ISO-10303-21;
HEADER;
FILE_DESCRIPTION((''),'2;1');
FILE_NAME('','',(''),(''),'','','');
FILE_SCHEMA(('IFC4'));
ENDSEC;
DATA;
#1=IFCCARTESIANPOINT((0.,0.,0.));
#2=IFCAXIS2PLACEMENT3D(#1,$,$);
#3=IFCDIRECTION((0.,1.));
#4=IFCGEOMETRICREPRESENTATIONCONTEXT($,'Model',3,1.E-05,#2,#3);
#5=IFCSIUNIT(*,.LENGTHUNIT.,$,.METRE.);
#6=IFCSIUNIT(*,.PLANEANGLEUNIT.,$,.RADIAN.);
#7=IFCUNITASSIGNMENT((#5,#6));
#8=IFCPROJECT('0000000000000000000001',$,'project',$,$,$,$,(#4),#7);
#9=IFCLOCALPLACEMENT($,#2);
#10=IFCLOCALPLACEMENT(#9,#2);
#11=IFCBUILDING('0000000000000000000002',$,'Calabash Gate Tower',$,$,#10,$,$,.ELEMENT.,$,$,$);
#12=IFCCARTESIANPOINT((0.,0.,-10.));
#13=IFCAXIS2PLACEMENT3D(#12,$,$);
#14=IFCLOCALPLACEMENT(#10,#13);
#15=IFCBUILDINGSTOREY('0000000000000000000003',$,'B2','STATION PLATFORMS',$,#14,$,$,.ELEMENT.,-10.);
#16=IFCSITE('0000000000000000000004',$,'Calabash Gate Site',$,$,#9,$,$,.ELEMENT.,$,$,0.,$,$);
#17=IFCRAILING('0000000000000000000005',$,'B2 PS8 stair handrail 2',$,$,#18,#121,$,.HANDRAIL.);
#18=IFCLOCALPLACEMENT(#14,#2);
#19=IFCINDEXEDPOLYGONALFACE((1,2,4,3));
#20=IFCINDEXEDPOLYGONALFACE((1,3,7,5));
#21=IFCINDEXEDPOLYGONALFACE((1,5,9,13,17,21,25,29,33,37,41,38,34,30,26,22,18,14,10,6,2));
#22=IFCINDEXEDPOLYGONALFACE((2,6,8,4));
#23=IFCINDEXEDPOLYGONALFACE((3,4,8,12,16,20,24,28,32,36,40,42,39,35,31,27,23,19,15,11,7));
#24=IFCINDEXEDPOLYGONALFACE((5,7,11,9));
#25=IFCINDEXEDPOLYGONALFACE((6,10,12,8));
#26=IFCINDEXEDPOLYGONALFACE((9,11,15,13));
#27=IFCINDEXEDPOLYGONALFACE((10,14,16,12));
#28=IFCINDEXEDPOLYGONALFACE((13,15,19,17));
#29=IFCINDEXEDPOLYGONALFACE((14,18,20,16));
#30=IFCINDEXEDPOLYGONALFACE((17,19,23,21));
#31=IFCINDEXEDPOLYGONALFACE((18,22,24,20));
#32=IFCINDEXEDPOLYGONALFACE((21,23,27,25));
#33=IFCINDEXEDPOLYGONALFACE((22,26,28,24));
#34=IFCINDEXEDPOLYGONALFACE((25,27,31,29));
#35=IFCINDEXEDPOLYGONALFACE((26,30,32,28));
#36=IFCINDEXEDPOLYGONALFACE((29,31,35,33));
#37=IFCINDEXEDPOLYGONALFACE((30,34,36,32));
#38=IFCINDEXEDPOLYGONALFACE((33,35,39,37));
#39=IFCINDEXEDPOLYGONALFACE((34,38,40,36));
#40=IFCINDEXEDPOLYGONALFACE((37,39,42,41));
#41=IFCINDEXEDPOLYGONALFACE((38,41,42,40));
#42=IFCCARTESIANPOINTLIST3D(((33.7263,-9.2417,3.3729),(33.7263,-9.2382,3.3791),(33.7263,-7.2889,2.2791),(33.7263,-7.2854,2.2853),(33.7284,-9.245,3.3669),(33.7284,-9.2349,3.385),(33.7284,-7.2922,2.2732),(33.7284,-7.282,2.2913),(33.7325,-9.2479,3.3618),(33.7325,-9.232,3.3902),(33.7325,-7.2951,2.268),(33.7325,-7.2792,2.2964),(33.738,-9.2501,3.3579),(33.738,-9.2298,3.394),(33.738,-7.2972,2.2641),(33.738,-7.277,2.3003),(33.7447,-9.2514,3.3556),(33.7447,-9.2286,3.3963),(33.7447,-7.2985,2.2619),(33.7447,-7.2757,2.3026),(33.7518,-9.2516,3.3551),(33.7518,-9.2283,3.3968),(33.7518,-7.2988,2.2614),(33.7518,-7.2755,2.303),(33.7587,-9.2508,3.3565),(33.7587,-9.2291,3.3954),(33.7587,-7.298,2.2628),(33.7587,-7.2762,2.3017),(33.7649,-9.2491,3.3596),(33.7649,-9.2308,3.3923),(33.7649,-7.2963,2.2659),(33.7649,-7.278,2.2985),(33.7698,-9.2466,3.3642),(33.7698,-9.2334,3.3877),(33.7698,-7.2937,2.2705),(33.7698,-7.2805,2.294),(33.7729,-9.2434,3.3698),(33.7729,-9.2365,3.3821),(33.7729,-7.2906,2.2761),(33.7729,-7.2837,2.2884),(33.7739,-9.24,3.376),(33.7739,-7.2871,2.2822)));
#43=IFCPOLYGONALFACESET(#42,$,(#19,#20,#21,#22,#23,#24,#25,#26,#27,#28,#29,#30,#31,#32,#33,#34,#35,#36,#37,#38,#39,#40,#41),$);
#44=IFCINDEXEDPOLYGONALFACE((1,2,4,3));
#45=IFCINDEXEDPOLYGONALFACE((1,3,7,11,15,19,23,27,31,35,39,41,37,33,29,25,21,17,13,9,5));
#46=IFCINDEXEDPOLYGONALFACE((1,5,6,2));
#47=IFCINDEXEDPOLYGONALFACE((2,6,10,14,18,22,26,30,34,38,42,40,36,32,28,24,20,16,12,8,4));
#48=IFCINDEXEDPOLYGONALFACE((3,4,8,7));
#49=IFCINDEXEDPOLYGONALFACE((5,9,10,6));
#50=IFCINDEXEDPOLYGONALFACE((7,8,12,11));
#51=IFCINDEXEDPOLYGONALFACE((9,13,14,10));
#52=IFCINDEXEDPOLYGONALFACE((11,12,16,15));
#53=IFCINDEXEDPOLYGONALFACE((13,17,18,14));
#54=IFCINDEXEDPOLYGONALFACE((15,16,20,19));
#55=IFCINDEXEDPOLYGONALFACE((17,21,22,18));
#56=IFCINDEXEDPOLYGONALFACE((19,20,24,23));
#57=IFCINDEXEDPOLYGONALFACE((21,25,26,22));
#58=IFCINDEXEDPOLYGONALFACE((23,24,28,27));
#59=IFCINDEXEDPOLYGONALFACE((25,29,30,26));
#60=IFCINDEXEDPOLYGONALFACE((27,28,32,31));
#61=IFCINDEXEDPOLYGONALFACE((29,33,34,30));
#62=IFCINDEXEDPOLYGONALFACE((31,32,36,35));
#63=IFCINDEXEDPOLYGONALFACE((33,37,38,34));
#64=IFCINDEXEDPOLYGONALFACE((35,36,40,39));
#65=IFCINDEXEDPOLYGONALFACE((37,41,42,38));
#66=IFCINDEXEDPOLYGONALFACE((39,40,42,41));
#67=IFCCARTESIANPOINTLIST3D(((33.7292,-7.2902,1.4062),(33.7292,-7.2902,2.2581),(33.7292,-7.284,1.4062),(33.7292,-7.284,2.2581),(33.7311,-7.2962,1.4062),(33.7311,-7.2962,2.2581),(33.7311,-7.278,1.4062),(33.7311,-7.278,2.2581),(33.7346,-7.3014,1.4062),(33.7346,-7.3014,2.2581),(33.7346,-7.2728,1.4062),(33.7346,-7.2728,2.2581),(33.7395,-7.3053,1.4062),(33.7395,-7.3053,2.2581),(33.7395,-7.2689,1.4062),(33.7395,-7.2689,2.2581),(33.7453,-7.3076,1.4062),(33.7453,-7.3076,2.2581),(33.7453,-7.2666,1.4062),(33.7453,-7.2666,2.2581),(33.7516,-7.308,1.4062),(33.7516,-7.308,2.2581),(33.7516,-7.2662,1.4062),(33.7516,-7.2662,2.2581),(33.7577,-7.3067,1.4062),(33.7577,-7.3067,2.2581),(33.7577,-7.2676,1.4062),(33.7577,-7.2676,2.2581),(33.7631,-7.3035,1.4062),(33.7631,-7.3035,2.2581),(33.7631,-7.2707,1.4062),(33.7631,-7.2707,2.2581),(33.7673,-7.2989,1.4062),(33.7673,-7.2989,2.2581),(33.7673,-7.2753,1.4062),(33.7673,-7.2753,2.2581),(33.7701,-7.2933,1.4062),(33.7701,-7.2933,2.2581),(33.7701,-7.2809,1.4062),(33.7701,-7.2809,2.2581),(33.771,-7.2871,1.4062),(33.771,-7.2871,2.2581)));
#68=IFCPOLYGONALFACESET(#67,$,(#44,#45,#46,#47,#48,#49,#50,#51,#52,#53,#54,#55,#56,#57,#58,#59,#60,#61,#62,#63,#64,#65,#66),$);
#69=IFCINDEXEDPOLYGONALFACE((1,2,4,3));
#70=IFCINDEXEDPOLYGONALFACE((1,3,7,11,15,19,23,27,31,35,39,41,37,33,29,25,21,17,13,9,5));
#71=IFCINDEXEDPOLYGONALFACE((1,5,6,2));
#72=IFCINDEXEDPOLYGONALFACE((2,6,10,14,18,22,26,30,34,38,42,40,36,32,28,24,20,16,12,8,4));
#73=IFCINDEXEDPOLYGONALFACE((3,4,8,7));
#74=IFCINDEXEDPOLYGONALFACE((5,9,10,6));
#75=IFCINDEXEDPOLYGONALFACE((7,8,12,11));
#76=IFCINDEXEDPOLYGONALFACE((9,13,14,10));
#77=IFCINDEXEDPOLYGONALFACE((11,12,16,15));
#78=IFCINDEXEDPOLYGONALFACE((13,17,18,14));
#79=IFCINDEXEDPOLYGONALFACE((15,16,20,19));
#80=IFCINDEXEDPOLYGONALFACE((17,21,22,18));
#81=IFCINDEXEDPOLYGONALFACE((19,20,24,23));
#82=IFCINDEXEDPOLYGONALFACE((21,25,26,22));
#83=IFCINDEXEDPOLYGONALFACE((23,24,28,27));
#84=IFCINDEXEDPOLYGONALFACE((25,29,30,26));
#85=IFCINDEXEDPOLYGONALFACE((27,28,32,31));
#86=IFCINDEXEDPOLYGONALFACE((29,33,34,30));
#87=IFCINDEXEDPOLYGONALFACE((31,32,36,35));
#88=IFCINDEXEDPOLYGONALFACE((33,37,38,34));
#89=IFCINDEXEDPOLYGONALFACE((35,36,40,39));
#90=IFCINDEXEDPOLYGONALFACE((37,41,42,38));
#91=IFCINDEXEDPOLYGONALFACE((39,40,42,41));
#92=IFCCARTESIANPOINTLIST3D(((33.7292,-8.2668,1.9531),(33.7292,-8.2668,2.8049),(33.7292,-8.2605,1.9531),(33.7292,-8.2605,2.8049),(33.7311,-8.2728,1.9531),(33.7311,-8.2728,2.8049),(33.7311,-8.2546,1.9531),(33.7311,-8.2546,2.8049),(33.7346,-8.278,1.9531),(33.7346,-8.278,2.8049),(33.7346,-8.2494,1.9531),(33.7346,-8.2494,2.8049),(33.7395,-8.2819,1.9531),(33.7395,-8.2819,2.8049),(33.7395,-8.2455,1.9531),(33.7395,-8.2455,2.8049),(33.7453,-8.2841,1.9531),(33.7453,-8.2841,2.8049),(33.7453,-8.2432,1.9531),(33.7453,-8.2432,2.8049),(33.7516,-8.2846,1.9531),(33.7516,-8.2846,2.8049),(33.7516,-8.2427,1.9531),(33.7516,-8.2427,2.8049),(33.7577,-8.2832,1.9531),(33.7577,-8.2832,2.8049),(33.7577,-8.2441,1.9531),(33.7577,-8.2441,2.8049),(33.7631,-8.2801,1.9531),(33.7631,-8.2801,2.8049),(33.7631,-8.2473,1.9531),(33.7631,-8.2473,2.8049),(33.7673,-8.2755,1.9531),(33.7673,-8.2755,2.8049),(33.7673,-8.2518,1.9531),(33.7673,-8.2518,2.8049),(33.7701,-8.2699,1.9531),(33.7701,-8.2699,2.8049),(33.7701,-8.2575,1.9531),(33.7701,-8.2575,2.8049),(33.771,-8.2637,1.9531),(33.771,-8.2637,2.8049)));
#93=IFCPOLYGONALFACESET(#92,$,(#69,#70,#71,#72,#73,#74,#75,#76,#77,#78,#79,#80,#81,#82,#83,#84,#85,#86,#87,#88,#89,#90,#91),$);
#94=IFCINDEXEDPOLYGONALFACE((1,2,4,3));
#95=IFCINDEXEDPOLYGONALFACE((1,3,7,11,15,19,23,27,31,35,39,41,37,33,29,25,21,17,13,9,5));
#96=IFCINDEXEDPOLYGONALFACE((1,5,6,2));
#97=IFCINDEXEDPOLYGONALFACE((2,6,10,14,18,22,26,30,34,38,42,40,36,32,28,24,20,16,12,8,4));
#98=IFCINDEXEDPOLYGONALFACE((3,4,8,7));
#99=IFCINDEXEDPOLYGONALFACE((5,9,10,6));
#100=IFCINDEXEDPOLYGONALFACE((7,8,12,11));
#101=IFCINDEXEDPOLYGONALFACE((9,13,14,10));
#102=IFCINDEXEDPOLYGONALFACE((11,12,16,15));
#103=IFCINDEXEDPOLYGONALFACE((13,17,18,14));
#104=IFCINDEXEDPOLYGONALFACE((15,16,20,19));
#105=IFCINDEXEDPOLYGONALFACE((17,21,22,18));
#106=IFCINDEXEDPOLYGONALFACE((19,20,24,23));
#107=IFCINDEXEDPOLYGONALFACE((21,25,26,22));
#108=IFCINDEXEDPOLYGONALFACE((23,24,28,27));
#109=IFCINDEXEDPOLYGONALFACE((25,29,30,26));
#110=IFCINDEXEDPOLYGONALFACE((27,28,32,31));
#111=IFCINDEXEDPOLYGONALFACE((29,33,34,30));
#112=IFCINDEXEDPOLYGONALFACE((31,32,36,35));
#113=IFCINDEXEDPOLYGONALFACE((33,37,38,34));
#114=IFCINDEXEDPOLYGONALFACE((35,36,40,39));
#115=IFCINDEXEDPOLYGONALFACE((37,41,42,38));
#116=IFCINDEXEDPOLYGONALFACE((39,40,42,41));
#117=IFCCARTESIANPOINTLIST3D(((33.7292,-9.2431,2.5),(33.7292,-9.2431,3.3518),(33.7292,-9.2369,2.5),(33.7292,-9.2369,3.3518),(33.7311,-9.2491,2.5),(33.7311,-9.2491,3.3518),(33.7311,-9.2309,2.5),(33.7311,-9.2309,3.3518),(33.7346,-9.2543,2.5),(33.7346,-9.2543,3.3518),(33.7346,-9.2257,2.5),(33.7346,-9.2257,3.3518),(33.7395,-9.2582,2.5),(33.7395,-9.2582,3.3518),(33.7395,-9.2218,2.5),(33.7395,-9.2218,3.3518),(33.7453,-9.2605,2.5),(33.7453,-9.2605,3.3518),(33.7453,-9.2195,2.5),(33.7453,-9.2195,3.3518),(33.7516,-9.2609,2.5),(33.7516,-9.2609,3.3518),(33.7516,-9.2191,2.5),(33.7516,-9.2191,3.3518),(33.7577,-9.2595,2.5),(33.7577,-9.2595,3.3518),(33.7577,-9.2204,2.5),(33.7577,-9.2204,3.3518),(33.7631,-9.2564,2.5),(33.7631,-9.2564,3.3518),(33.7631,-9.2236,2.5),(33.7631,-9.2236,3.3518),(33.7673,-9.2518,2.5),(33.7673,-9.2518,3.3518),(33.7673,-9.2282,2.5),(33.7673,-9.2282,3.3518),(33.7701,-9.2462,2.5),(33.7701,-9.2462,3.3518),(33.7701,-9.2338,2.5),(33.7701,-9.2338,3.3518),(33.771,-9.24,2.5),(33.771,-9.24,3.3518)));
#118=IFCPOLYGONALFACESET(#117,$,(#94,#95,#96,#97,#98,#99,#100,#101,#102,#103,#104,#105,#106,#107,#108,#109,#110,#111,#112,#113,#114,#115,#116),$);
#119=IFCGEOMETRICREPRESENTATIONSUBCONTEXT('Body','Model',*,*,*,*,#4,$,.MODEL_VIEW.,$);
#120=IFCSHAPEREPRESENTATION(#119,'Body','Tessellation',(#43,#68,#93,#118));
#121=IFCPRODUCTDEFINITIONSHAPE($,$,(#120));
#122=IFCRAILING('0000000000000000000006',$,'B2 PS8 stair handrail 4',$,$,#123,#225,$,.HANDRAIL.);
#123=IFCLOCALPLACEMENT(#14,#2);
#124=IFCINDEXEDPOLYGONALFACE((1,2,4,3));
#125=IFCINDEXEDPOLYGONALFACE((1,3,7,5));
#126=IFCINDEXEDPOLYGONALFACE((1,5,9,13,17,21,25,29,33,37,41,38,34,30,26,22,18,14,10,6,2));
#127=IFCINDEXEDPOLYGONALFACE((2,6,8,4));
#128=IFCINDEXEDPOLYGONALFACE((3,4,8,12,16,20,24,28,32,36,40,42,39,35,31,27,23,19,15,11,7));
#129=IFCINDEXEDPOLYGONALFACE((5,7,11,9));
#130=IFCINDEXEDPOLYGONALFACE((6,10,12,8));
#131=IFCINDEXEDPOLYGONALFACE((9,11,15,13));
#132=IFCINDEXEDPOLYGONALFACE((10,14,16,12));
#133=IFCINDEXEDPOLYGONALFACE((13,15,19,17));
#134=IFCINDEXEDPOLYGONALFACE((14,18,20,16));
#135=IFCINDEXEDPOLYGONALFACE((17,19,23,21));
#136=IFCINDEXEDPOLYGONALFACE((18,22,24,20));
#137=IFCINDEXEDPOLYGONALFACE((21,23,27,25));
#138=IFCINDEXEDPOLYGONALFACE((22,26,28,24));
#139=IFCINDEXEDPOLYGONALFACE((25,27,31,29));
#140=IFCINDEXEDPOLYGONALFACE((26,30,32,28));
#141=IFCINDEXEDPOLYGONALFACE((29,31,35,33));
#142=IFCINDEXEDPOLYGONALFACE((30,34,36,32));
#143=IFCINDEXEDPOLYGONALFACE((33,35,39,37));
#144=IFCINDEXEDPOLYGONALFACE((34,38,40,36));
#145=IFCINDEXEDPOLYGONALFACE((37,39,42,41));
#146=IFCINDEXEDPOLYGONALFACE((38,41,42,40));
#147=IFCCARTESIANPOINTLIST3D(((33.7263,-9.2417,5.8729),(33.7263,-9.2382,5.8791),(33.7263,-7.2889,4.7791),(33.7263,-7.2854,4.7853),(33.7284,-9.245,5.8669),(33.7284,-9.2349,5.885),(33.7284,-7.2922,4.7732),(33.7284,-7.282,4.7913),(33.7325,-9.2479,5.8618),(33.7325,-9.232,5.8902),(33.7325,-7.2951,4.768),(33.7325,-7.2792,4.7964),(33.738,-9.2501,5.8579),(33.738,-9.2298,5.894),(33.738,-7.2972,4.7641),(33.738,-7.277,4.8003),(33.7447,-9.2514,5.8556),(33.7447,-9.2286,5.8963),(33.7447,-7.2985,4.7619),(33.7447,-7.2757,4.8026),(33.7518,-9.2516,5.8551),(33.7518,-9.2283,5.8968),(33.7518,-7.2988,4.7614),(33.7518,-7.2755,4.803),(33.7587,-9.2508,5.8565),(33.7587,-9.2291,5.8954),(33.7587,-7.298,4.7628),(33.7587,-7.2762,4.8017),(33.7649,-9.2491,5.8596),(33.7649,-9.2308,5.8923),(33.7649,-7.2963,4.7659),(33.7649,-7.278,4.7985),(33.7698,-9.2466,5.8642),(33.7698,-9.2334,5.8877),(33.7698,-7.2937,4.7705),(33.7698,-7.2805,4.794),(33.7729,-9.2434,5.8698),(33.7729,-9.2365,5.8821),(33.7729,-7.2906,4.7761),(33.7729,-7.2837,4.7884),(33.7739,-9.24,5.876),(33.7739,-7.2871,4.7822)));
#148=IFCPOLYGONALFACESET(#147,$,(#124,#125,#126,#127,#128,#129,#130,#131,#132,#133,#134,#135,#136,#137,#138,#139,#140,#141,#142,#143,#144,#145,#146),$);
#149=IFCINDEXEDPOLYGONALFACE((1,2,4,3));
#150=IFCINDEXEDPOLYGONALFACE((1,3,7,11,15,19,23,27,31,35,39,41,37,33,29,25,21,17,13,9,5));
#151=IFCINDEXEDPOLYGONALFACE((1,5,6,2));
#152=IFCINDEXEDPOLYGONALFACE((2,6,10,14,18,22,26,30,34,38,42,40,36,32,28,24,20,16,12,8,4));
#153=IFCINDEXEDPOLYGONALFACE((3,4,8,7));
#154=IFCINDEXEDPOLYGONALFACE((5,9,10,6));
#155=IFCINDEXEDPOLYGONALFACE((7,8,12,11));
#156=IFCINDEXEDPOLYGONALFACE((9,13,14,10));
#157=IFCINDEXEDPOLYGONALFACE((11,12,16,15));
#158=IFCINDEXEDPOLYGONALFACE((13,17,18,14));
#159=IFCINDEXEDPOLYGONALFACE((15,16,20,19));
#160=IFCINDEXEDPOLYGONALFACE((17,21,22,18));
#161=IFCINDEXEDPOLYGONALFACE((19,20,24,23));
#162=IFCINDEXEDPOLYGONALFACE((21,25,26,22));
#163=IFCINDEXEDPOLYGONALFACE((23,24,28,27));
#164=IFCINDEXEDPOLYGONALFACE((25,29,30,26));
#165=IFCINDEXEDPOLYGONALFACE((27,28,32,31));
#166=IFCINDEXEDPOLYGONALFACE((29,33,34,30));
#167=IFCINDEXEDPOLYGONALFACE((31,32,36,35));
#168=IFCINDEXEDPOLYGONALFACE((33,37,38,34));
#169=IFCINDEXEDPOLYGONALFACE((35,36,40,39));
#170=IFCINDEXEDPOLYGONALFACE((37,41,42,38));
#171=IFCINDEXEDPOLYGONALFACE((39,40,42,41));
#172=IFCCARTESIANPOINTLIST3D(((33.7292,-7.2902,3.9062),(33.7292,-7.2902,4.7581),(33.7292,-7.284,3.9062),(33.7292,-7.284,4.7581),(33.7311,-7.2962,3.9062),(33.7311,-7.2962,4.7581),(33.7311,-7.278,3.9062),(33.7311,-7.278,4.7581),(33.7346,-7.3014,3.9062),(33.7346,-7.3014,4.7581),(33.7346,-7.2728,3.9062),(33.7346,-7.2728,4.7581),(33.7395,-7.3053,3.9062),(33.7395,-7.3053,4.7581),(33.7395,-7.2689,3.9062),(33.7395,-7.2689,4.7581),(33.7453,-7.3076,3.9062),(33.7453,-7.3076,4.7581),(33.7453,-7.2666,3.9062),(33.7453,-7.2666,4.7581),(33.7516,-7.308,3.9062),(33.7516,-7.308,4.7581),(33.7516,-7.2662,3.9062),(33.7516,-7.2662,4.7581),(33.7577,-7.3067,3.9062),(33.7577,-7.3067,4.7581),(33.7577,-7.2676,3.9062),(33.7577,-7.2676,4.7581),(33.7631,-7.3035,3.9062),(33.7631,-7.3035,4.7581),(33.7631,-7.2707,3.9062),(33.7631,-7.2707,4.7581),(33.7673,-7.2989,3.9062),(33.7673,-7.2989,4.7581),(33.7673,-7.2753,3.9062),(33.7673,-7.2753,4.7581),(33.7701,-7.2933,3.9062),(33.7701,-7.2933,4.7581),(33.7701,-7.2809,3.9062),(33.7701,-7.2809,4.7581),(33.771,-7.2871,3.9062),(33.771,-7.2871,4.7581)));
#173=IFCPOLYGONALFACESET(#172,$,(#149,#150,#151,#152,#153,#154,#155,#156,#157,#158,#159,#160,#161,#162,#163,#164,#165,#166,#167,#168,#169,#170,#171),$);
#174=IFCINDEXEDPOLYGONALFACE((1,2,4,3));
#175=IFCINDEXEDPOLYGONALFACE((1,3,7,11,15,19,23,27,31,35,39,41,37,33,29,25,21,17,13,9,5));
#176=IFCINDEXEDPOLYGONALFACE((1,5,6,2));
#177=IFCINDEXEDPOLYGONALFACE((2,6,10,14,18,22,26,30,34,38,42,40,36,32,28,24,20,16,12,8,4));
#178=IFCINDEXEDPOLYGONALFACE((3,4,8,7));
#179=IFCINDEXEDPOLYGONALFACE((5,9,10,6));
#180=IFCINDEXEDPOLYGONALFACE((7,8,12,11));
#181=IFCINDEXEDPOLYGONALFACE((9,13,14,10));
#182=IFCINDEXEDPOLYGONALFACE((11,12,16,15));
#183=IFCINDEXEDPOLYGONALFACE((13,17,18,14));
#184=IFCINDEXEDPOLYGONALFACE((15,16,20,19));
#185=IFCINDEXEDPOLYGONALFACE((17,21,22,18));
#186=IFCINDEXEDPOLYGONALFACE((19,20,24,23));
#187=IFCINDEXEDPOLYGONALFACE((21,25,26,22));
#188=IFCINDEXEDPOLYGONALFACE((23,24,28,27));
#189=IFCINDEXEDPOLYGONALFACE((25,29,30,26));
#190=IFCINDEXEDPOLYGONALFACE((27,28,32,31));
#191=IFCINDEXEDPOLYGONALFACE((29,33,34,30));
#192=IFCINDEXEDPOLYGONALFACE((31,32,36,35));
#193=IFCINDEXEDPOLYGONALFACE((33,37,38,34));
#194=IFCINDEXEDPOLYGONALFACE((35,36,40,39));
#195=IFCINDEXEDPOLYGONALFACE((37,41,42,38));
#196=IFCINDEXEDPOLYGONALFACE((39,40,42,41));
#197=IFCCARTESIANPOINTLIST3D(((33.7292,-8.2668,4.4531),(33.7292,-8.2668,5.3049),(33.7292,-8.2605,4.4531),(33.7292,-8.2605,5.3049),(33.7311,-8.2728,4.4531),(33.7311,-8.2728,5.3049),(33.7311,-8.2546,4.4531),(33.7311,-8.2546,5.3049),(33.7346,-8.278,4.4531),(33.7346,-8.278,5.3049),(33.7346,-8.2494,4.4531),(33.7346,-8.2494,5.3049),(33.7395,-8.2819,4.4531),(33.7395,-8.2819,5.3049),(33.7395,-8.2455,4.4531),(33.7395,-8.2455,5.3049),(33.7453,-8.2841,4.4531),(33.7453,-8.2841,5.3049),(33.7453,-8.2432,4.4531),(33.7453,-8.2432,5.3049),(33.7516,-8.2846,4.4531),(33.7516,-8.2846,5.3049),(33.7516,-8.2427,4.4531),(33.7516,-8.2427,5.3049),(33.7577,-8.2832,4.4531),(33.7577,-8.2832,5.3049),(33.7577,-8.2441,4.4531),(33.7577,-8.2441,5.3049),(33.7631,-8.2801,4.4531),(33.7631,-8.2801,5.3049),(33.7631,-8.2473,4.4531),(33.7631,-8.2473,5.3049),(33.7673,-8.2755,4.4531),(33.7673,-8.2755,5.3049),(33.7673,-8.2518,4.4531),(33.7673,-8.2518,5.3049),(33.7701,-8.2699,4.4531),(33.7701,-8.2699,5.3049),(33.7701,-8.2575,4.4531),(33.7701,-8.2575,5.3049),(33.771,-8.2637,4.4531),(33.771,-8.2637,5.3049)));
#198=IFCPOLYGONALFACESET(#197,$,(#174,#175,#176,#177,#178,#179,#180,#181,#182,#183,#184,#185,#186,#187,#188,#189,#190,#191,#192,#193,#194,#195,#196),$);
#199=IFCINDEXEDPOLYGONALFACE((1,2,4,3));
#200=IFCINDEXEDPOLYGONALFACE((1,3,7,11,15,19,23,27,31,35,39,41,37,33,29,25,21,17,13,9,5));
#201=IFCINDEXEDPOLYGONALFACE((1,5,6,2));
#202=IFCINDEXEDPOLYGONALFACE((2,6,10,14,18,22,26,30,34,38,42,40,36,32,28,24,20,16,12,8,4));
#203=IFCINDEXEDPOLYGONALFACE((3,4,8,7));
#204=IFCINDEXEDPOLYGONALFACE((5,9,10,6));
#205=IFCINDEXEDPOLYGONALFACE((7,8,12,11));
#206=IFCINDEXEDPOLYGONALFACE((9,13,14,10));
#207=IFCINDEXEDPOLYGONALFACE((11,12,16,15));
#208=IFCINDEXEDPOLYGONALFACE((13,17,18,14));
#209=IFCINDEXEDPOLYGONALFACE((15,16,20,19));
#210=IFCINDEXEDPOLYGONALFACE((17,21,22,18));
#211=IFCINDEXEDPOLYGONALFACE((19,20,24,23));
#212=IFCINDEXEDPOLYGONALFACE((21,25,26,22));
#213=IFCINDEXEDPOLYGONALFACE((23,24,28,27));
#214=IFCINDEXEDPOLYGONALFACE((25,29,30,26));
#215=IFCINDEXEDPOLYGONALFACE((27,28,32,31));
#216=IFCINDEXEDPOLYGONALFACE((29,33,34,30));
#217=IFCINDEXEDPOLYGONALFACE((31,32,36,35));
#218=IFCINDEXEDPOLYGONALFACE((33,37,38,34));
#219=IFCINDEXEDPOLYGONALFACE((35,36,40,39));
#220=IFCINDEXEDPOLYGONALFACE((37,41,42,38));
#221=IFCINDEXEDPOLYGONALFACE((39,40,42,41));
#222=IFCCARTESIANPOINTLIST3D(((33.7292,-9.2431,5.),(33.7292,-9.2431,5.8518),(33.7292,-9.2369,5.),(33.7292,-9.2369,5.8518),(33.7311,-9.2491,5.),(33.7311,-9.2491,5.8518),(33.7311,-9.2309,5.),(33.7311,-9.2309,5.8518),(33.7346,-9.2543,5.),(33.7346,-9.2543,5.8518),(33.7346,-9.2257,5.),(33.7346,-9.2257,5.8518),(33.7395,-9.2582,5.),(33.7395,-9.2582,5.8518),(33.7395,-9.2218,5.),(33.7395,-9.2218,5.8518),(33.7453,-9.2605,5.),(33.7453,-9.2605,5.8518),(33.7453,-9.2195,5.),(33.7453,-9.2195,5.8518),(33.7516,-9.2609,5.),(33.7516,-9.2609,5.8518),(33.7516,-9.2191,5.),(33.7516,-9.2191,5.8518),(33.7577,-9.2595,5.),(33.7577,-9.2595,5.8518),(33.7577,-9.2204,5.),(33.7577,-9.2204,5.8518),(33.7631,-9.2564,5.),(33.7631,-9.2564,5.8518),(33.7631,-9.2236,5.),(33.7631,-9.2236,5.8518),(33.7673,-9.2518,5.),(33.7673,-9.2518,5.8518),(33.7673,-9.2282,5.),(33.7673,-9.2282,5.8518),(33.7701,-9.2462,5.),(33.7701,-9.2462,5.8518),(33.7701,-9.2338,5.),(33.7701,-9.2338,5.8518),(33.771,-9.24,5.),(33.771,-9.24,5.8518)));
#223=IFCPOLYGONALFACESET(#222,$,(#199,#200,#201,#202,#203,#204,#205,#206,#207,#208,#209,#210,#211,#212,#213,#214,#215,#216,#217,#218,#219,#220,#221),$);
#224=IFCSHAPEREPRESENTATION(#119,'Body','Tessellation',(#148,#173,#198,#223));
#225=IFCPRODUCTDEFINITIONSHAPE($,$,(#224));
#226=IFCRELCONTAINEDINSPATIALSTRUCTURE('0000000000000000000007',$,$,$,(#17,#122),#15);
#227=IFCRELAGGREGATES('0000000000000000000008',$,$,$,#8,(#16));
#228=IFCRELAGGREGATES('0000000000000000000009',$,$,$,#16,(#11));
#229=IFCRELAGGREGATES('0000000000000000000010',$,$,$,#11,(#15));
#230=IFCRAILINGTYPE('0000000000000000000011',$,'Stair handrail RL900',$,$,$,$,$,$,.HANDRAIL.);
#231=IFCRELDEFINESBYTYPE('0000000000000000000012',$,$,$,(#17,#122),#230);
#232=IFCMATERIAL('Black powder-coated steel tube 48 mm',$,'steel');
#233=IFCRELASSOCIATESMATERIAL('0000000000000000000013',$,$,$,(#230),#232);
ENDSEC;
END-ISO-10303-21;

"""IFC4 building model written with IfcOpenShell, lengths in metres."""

from ifc_helpers import new_model, si_unit, direction, frame, origin, origin_2d, place, context, subcontext, project, spatial, circle, extrude, material, type_object, element, save


model = new_model("IFC4")

# Units and contexts
model_context = context("Model", 3, precision=1e-05, world=origin(), true_north=direction((0.0, 1.0)))
body_context = subcontext(model_context, "Body", "Model", "MODEL_VIEW")
ifc_project = project(units=[si_unit("LENGTHUNIT", "METRE"), si_unit("PLANEANGLEUNIT", "RADIAN")], contexts=[model_context])

# Site, building, storey
site_placement = place(None, origin())
site = spatial("IfcSite", under=ifc_project, at=site_placement, Name="Calabash Gate Site", CompositionType="ELEMENT", RefElevation=0.0)
building_placement = place(site_placement, origin())
building = spatial("IfcBuilding", under=site, at=building_placement, Name="Calabash Gate Tower", CompositionType="ELEMENT")
storey_placement = place(building_placement, frame((0.0, 0.0, -10.0)))
storey = spatial("IfcBuildingStorey", under=building, at=storey_placement, Name="B2", Description="STATION PLATFORMS", CompositionType="ELEMENT", Elevation=-10.0)

# Railings
ifc_material_1 = material(Name="Black powder-coated steel tube 48 mm", Category="steel")
railing_type = type_object("IfcRailingType", Name="Stair handrail RL900", PredefinedType="HANDRAIL", material=ifc_material_1)
for number, where, name in (
    (1, (33.75, -7.2871, 1.4062), "B2 PS8 stair handrail 2"),
    (2, (33.75, -7.2871, 3.9062), "B2 PS8 stair handrail 4"),
):
    element("IfcRailing", number, at=place(storey_placement, frame(where)), inside=storey, type_object=railing_type, Name=name, PredefinedType="HANDRAIL", context=body_context, shape_type="SweptSolid", body=[
        extrude(circle(Radius=0.0239, at=origin_2d()), frame((0.0, 0.0, 0.876), z_axis=(0.0, -0.87248, 0.48865), x_axis=(1.0, 0.0, 0.0)), (0.0, 0.0, 1.0), 2.2383),
        extrude(circle(Radius=0.021, at=origin_2d()), origin(), (0.0, 0.0, 1.0), 0.8518),
        extrude(circle(Radius=0.021, at=origin_2d()), frame((0.0, -0.9766, 0.5469)), (0.0, 0.0, 1.0), 0.8518),
        extrude(circle(Radius=0.021, at=origin_2d()), frame((0.0, -1.9529, 1.0938)), (0.0, 0.0, 1.0), 0.8518),
    ])

save(model, "model.ifc")
